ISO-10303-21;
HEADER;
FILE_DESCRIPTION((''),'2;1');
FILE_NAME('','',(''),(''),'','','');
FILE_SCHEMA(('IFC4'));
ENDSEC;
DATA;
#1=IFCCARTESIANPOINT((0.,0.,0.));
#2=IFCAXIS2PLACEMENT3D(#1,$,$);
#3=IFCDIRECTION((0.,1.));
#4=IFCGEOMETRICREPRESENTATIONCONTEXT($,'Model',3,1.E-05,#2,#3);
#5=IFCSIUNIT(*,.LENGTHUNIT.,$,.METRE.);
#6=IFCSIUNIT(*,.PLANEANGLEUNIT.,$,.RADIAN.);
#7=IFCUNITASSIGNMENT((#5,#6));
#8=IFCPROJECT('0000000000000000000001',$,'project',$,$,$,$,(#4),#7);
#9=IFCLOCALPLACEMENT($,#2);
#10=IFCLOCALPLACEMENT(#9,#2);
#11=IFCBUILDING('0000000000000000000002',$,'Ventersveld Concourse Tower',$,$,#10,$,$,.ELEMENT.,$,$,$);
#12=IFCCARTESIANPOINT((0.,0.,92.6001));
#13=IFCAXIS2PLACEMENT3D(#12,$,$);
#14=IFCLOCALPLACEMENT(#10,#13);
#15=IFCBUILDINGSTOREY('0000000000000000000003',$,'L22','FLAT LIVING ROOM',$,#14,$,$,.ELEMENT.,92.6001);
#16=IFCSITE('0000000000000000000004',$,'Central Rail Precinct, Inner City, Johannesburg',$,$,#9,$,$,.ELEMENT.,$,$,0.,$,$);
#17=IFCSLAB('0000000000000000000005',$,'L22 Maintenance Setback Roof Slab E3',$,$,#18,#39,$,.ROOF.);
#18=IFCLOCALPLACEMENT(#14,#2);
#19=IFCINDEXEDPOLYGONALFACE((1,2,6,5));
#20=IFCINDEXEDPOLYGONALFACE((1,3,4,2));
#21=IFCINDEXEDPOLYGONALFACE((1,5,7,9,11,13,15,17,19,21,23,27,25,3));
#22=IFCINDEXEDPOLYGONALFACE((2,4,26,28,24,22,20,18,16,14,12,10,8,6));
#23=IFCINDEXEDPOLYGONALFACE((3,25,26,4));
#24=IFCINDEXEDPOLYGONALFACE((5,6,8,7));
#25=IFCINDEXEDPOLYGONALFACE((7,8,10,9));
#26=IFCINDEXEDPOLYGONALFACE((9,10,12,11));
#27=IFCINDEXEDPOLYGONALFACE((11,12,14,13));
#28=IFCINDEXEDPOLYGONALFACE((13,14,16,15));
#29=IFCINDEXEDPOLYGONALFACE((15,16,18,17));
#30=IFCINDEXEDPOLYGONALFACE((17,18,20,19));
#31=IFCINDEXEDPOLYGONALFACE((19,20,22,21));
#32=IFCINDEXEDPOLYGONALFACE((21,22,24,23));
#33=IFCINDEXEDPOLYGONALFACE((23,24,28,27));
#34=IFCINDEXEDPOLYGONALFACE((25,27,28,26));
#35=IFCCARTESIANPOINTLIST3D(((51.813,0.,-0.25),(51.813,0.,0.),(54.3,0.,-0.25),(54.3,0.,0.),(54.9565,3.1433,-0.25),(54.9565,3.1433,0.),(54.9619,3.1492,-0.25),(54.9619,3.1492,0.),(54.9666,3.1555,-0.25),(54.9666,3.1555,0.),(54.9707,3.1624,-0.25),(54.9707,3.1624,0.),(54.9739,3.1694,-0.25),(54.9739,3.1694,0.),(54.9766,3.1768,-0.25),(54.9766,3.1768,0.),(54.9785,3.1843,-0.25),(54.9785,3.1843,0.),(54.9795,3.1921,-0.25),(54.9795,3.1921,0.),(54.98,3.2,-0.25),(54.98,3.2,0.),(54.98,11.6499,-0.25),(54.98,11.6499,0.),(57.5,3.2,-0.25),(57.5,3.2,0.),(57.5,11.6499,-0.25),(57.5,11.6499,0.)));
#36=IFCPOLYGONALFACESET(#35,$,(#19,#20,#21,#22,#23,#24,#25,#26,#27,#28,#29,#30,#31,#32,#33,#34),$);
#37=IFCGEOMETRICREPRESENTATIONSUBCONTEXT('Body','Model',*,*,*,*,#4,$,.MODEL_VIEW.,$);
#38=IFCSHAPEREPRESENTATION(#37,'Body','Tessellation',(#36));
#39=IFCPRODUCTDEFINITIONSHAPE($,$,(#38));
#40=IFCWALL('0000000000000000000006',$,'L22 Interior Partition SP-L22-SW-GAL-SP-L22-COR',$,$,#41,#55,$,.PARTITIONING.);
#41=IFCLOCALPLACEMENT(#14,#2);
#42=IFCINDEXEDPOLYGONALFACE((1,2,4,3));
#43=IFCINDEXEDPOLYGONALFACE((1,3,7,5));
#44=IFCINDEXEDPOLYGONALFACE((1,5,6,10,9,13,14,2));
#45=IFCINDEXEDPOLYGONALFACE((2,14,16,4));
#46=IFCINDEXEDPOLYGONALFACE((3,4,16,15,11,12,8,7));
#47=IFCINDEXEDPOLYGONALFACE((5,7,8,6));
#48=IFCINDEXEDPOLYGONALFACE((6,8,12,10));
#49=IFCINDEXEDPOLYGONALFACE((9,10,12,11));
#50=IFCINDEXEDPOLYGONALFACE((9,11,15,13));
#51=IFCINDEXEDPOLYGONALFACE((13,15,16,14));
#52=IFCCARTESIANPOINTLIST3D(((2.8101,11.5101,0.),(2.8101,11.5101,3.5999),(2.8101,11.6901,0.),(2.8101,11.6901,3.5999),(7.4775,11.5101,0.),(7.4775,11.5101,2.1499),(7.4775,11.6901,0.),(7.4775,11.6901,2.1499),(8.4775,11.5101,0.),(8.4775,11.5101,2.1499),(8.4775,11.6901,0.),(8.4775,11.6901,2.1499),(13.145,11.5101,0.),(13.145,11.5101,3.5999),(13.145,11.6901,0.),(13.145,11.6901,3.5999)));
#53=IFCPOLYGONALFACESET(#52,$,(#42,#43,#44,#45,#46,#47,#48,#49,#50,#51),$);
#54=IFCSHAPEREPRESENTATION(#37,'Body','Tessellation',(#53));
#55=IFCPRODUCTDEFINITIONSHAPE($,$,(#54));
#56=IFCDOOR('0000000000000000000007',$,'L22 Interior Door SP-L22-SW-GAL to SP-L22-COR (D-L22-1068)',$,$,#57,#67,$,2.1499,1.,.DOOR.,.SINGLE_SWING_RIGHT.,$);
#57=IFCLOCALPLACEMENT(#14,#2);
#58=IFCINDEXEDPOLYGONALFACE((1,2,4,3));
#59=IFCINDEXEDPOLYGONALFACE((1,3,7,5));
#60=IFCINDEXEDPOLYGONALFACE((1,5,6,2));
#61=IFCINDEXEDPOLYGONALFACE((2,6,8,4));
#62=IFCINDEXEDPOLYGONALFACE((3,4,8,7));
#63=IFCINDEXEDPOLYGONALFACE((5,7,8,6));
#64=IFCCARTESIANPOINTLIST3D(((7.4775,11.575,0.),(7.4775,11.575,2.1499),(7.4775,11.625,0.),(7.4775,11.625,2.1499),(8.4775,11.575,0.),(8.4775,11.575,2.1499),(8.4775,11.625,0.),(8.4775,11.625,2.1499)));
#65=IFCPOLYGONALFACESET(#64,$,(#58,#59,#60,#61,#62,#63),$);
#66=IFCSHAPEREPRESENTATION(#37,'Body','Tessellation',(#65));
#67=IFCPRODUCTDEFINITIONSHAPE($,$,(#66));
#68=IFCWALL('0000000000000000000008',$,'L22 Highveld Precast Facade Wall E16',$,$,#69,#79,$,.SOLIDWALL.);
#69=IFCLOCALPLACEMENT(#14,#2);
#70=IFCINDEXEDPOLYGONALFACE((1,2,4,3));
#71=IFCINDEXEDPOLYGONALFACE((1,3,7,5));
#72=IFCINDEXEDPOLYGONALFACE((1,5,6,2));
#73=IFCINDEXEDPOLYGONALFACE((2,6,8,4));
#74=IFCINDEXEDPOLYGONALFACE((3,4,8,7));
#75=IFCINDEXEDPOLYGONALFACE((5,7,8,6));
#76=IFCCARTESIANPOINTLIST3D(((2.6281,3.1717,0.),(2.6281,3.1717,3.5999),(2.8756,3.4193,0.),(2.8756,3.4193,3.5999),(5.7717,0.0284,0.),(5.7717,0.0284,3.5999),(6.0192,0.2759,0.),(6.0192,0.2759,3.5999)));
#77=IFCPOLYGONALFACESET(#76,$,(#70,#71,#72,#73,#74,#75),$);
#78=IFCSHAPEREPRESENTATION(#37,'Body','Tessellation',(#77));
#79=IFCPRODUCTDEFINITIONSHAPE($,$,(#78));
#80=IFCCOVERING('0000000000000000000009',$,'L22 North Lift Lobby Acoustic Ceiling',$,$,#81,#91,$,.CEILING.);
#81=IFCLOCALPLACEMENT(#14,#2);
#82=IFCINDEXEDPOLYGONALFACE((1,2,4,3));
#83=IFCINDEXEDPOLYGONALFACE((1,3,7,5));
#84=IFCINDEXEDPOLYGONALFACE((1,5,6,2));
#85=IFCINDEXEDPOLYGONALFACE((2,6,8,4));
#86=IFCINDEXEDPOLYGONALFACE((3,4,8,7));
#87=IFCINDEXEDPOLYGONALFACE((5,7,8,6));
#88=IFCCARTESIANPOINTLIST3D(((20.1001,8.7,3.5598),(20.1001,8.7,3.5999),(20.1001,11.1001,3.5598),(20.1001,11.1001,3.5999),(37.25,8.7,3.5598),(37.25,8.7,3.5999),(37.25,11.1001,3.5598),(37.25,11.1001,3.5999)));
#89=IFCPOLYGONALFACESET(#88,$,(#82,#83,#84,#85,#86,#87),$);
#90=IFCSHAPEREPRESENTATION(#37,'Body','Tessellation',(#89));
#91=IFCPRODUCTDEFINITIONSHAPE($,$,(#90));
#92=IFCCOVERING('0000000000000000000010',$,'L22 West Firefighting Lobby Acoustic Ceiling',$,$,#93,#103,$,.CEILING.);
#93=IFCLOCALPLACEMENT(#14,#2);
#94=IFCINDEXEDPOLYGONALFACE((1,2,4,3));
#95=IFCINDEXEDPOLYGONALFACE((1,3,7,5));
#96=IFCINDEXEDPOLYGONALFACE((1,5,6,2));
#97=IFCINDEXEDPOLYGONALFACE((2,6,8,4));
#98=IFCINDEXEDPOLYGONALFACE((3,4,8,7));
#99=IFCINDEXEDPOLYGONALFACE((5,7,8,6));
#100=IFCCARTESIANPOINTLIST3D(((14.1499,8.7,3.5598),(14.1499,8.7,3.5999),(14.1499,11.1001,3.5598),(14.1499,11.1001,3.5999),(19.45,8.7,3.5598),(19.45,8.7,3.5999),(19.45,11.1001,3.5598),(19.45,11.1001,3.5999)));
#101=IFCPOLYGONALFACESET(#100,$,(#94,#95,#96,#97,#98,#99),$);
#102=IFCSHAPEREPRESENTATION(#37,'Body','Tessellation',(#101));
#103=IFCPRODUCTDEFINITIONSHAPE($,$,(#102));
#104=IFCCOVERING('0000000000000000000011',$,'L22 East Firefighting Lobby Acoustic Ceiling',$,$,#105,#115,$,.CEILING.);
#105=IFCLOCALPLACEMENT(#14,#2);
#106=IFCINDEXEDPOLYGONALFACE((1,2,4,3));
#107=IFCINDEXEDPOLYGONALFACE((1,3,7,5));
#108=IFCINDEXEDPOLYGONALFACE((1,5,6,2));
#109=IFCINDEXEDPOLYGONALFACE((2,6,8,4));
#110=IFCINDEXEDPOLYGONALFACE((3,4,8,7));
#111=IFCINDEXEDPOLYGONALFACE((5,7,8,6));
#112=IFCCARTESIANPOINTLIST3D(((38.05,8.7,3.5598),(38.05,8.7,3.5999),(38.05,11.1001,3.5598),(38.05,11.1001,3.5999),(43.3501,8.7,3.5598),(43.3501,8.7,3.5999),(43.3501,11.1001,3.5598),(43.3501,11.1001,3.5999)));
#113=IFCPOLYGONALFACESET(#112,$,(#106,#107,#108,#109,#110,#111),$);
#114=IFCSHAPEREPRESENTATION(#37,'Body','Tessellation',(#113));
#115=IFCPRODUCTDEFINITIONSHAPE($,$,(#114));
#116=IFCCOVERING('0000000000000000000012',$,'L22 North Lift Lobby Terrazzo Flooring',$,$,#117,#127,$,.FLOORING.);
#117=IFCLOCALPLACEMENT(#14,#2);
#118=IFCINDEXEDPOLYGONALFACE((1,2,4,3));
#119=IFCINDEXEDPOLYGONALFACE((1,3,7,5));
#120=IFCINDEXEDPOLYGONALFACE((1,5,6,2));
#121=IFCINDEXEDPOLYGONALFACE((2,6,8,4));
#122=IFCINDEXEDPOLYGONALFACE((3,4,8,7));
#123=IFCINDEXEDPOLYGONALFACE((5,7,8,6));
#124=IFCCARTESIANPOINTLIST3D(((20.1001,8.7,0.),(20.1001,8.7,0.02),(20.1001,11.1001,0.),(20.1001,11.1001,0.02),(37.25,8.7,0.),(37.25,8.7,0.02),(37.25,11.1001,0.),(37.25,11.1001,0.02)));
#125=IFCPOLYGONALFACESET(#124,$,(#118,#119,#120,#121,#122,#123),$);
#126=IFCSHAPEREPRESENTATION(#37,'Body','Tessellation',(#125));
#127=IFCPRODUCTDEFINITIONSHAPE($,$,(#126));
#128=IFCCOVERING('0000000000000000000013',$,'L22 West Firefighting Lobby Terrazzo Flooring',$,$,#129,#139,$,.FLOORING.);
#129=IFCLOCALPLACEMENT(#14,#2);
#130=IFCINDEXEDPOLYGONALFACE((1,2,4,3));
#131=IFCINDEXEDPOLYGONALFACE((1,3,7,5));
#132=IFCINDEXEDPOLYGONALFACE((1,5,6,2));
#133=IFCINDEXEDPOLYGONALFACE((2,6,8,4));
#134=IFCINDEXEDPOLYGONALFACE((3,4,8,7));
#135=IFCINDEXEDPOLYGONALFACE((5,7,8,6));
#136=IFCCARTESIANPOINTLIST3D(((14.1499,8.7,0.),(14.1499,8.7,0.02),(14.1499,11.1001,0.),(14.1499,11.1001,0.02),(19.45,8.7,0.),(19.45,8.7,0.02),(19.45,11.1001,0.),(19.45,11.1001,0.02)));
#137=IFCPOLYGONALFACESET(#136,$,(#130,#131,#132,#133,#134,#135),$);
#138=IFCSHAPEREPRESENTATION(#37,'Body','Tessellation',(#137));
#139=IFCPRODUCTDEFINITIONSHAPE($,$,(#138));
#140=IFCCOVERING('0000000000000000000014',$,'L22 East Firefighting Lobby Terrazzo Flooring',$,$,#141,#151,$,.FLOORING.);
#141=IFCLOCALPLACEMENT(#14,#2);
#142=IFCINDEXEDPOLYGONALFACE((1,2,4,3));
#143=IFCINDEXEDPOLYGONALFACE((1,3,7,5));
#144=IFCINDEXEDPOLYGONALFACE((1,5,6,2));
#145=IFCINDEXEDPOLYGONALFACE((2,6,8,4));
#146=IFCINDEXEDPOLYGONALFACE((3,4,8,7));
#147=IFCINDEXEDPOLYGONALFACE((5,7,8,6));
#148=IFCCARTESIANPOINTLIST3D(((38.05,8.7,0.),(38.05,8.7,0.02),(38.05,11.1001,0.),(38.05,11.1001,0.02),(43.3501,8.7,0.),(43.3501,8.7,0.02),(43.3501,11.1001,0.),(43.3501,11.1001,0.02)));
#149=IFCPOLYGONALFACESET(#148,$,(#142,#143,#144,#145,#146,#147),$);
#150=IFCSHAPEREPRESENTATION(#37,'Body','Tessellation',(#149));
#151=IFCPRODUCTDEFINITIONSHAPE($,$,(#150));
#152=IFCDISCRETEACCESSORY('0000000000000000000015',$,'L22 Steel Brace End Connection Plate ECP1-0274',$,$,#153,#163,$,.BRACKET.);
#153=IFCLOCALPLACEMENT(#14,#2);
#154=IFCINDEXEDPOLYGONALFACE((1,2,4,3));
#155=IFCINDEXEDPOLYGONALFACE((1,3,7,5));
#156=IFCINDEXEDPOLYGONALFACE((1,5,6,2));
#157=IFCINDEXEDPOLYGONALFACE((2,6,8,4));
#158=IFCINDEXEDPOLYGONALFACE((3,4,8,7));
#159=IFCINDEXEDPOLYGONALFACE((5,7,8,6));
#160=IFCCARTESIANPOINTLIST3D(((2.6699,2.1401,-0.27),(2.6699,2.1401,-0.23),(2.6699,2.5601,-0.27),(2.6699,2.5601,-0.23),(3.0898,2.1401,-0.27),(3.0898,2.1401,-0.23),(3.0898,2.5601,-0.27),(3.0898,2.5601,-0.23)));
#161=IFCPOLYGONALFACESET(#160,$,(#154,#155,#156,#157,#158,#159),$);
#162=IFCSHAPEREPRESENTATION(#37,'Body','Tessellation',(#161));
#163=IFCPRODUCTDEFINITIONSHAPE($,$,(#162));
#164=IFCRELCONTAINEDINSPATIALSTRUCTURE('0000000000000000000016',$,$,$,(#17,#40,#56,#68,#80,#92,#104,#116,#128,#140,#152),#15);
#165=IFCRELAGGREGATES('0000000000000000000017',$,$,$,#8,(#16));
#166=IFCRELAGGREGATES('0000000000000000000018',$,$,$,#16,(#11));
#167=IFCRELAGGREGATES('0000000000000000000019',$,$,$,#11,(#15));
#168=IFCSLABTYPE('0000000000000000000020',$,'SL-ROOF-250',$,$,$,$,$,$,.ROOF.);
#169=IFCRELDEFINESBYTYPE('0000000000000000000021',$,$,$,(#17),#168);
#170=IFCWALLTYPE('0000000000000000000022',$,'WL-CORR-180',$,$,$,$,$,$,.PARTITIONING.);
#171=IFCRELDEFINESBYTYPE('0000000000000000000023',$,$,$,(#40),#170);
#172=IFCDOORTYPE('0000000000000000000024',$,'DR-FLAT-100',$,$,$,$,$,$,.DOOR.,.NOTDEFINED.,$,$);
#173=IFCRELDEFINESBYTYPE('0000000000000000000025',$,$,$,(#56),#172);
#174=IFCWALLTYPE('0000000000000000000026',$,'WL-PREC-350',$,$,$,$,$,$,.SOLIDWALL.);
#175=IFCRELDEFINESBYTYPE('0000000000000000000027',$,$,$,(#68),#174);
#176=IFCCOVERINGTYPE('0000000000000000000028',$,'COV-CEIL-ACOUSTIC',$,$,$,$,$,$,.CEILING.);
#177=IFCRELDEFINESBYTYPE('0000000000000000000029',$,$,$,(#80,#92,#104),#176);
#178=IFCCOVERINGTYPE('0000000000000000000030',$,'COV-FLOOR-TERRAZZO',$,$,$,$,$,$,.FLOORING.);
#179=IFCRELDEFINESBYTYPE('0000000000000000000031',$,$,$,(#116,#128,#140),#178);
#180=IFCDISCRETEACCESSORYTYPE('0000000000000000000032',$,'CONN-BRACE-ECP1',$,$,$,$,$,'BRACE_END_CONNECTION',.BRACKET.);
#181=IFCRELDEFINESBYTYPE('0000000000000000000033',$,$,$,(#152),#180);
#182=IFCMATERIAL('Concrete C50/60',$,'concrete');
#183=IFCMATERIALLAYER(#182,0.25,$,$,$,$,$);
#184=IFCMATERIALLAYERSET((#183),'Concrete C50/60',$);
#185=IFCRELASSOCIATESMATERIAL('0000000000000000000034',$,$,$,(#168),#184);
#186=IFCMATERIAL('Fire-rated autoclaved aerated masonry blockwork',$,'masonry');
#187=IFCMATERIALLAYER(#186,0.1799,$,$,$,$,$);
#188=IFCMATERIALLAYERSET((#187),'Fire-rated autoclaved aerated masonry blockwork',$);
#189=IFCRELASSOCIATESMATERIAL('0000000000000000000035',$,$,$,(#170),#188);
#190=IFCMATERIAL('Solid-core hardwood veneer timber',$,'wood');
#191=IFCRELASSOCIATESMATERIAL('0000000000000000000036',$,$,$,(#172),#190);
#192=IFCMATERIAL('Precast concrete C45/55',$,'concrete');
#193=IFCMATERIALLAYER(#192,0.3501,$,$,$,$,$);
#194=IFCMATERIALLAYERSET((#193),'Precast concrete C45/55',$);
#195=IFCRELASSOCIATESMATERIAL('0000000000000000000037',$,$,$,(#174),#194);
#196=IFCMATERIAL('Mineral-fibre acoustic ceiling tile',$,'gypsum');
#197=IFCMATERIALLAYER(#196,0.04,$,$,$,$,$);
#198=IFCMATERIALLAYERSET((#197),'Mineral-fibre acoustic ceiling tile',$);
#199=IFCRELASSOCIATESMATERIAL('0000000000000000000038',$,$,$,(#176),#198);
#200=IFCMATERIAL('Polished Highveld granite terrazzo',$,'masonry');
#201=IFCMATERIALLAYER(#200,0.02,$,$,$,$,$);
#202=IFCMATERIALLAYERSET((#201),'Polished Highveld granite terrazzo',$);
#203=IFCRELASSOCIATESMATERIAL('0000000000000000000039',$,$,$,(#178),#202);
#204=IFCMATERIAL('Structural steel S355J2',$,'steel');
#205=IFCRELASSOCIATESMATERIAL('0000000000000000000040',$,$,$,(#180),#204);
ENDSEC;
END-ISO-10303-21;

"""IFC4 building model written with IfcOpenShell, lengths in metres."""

from ifc_helpers import new_model, si_unit, direction, frame, frame_2d, origin, origin_2d, place, context, subcontext, project, spatial, polyline, rectangle, outline, extrude, material, layer, layer_set, type_object, element, fill, save


model = new_model("IFC4")

# Units and contexts
model_context = context("Model", 3, precision=1e-05, world=origin(), true_north=direction((0.0, 1.0)))
body_context = subcontext(model_context, "Body", "Model", "MODEL_VIEW")
ifc_project = project(units=[si_unit("LENGTHUNIT", "METRE"), si_unit("PLANEANGLEUNIT", "RADIAN")], contexts=[model_context])

# Site, building, storey
site_placement = place(None, origin())
site = spatial("IfcSite", under=ifc_project, at=site_placement, Name="Central Rail Precinct, Inner City, Johannesburg", CompositionType="ELEMENT", RefElevation=0.0)
building_placement = place(site_placement, origin())
building = spatial("IfcBuilding", under=site, at=building_placement, Name="Ventersveld Concourse Tower", CompositionType="ELEMENT")
storey_placement = place(building_placement, frame((0.0, 0.0, 92.6001)))
storey = spatial("IfcBuildingStorey", under=building, at=storey_placement, Name="L22", Description="FLAT LIVING ROOM", CompositionType="ELEMENT", Elevation=92.6001)

# Shared definitions
ifc_material_1 = material(Name="Concrete C50/60", Category="concrete")

# Slab
ifc_layer_1 = layer(ifc_material_1, 0.25)
ifc_layer_set_1 = layer_set([ifc_layer_1], Name="Concrete C50/60")
slab_type_1 = type_object("IfcSlabType", Name="SL-ROOF-250", PredefinedType="ROOF", material=ifc_layer_set_1)
slab_1_placement = place(storey_placement, frame((0.0, 0.0, -0.25)))
element("IfcSlab", 1, at=slab_1_placement, inside=storey, type_object=slab_type_1, Name="L22 Maintenance Setback Roof Slab E3", PredefinedType="ROOF", context=body_context, shape_type="SweptSolid", body=[
    extrude(outline(polyline([(57.5, 3.2), (54.3, 0.0), (51.813, 0.0), (54.9565, 3.1433), (54.9619, 3.1492), (54.9666, 3.1555), (54.9707, 3.1624), (54.9739, 3.1694), (54.9766, 3.1768), (54.9785, 3.1843), (54.9795, 3.1921), (54.98, 3.2), (54.98, 11.6499), (57.5, 11.6499), (57.5, 3.2)])), origin(), (0.0, 0.0, 1.0), 0.25),
])

# Wall, opening, door
ifc_material_2 = material(Name="Fire-rated autoclaved aerated masonry blockwork", Category="masonry")
ifc_layer_2 = layer(ifc_material_2, 0.1799)
ifc_layer_set_2 = layer_set([ifc_layer_2], Name="Fire-rated autoclaved aerated masonry blockwork")
wall_type_1 = type_object("IfcWallType", Name="WL-CORR-180", PredefinedType="PARTITIONING", material=ifc_layer_set_2)
wall_1_placement = place(storey_placement, frame((2.8101, 11.6001, 0.0), z_axis=(0.0, 0.0, 1.0), x_axis=(1.0, 0.0, 0.0)))
wall_1 = element("IfcWall", 2, at=wall_1_placement, inside=storey, type_object=wall_type_1, Name="L22 Interior Partition SP-L22-SW-GAL-SP-L22-COR", PredefinedType="PARTITIONING", context=body_context, shape_type="SweptSolid", body=[
    extrude(rectangle(XDim=10.335, YDim=0.1799, at=frame_2d((5.1675, 0.0))), origin(), (0.0, 0.0, 1.0), 3.5999),
])
opening_placement = place(wall_1_placement, frame((4.6675, 0.0, 0.0)))
opening = element("IfcOpeningElement", 3, at=opening_placement, cuts=wall_1, PredefinedType="OPENING", context=body_context, shape_type="SweptSolid", body=[
    extrude(rectangle(XDim=1.0, YDim=2.1499, at=frame_2d((0.5, 1.075))), frame((0.0, 0.1001, 0.0), z_axis=(0.0, -1.0, 0.0), x_axis=(1.0, 0.0, 0.0)), (0.0, 0.0, 1.0), 0.2),
])
ifc_material_3 = material(Name="Solid-core hardwood veneer timber", Category="wood")
door_type = type_object("IfcDoorType", Name="DR-FLAT-100", OperationType="NOTDEFINED", PredefinedType="DOOR", material=ifc_material_3)
door_placement = place(opening_placement, origin())
door = element("IfcDoor", 4, at=door_placement, inside=storey, type_object=door_type, Name="L22 Interior Door SP-L22-SW-GAL to SP-L22-COR (D-L22-1068)", OperationType="SINGLE_SWING_RIGHT", OverallHeight=2.1499, OverallWidth=1.0, PredefinedType="DOOR", context=body_context, shape_type="SweptSolid", body=[
    extrude(rectangle(XDim=1.0, YDim=2.1499, at=frame_2d((0.5, 1.075))), frame((0.0, 0.0249, 0.0), z_axis=(0.0, -1.0, 0.0), x_axis=(1.0, 0.0, 0.0)), (0.0, 0.0, 1.0), 0.05),
])
fill(opening, door)

# Wall
ifc_material_4 = material(Name="Precast concrete C45/55", Category="concrete")
ifc_layer_3 = layer(ifc_material_4, 0.3501)
ifc_layer_set_3 = layer_set([ifc_layer_3], Name="Precast concrete C45/55")
wall_type_2 = type_object("IfcWallType", Name="WL-PREC-350", PredefinedType="SOLIDWALL", material=ifc_layer_set_3)
wall_2_placement = place(storey_placement, frame((2.752, 3.2954, 0.0), z_axis=(0.0, 0.0, 1.0), x_axis=(0.707134, -0.707079, 0.0)))
element("IfcWall", 5, at=wall_2_placement, inside=storey, type_object=wall_type_2, Name="L22 Highveld Precast Facade Wall E16", PredefinedType="SOLIDWALL", context=body_context, shape_type="SweptSolid", body=[
    extrude(rectangle(XDim=4.4456, YDim=0.3501, at=frame_2d((2.2227, 0.0))), origin(), (0.0, 0.0, 1.0), 3.5999),
])

# Coverings
ifc_material_5 = material(Name="Mineral-fibre acoustic ceiling tile", Category="gypsum")
ifc_layer_4 = layer(ifc_material_5, 0.04)
ifc_layer_set_4 = layer_set([ifc_layer_4], Name="Mineral-fibre acoustic ceiling tile")
covering_type_1 = type_object("IfcCoveringType", Name="COV-CEIL-ACOUSTIC", PredefinedType="CEILING", material=ifc_layer_set_4)
covering_1_placement = place(storey_placement, frame((0.0, 0.0, 3.5598)))
element("IfcCovering", 6, at=covering_1_placement, inside=storey, type_object=covering_type_1, Name="L22 North Lift Lobby Acoustic Ceiling", PredefinedType="CEILING", context=body_context, shape_type="SweptSolid", body=[
    extrude(outline(polyline([(20.1001, 8.7), (37.25, 8.7), (37.25, 11.1001), (20.1001, 11.1001), (20.1001, 8.7)])), origin(), (0.0, 0.0, 1.0), 0.04),
])
covering_2_placement = place(storey_placement, frame((0.0, 0.0, 3.5598)))
element("IfcCovering", 7, at=covering_2_placement, inside=storey, type_object=covering_type_1, Name="L22 West Firefighting Lobby Acoustic Ceiling", PredefinedType="CEILING", context=body_context, shape_type="SweptSolid", body=[
    extrude(outline(polyline([(14.1499, 8.7), (19.45, 8.7), (19.45, 11.1001), (14.1499, 11.1001), (14.1499, 8.7)])), origin(), (0.0, 0.0, 1.0), 0.04),
])
covering_3_placement = place(storey_placement, frame((0.0, 0.0, 3.5598)))
element("IfcCovering", 8, at=covering_3_placement, inside=storey, type_object=covering_type_1, Name="L22 East Firefighting Lobby Acoustic Ceiling", PredefinedType="CEILING", context=body_context, shape_type="SweptSolid", body=[
    extrude(outline(polyline([(38.05, 8.7), (43.3501, 8.7), (43.3501, 11.1001), (38.05, 11.1001), (38.05, 8.7)])), origin(), (0.0, 0.0, 1.0), 0.04),
])
ifc_material_6 = material(Name="Polished Highveld granite terrazzo", Category="masonry")
ifc_layer_5 = layer(ifc_material_6, 0.02)
ifc_layer_set_5 = layer_set([ifc_layer_5], Name="Polished Highveld granite terrazzo")
covering_type_2 = type_object("IfcCoveringType", Name="COV-FLOOR-TERRAZZO", PredefinedType="FLOORING", material=ifc_layer_set_5)
covering_4_placement = place(storey_placement, origin())
element("IfcCovering", 9, at=covering_4_placement, inside=storey, type_object=covering_type_2, Name="L22 North Lift Lobby Terrazzo Flooring", PredefinedType="FLOORING", context=body_context, shape_type="SweptSolid", body=[
    extrude(outline(polyline([(20.1001, 8.7), (37.25, 8.7), (37.25, 11.1001), (20.1001, 11.1001), (20.1001, 8.7)])), origin(), (0.0, 0.0, 1.0), 0.02),
])
covering_5_placement = place(storey_placement, origin())
element("IfcCovering", 10, at=covering_5_placement, inside=storey, type_object=covering_type_2, Name="L22 West Firefighting Lobby Terrazzo Flooring", PredefinedType="FLOORING", context=body_context, shape_type="SweptSolid", body=[
    extrude(outline(polyline([(14.1499, 8.7), (19.45, 8.7), (19.45, 11.1001), (14.1499, 11.1001), (14.1499, 8.7)])), origin(), (0.0, 0.0, 1.0), 0.02),
])
covering_6_placement = place(storey_placement, origin())
element("IfcCovering", 11, at=covering_6_placement, inside=storey, type_object=covering_type_2, Name="L22 East Firefighting Lobby Terrazzo Flooring", PredefinedType="FLOORING", context=body_context, shape_type="SweptSolid", body=[
    extrude(outline(polyline([(38.05, 8.7), (43.3501, 8.7), (43.3501, 11.1001), (38.05, 11.1001), (38.05, 8.7)])), origin(), (0.0, 0.0, 1.0), 0.02),
])

# Discrete accessory
ifc_material_7 = material(Name="Structural steel S355J2", Category="steel")
discrete_accessory_type = type_object("IfcDiscreteAccessoryType", Name="CONN-BRACE-ECP1", ElementType="BRACE_END_CONNECTION", PredefinedType="BRACKET", material=ifc_material_7)
discrete_accessory_placement = place(storey_placement, frame((2.8799, 2.3501, -0.27), z_axis=(0.0, 0.0, 1.0), x_axis=(1.0, 0.0, 0.0)))
element("IfcDiscreteAccessory", 12, at=discrete_accessory_placement, inside=storey, type_object=discrete_accessory_type, Name="L22 Steel Brace End Connection Plate ECP1-0274", PredefinedType="BRACKET", context=body_context, shape_type="SweptSolid", body=[
    extrude(rectangle(XDim=0.4199, YDim=0.4199, at=origin_2d()), origin(), (0.0, 0.0, 1.0), 0.04),
])

save(model, "model.ifc")
